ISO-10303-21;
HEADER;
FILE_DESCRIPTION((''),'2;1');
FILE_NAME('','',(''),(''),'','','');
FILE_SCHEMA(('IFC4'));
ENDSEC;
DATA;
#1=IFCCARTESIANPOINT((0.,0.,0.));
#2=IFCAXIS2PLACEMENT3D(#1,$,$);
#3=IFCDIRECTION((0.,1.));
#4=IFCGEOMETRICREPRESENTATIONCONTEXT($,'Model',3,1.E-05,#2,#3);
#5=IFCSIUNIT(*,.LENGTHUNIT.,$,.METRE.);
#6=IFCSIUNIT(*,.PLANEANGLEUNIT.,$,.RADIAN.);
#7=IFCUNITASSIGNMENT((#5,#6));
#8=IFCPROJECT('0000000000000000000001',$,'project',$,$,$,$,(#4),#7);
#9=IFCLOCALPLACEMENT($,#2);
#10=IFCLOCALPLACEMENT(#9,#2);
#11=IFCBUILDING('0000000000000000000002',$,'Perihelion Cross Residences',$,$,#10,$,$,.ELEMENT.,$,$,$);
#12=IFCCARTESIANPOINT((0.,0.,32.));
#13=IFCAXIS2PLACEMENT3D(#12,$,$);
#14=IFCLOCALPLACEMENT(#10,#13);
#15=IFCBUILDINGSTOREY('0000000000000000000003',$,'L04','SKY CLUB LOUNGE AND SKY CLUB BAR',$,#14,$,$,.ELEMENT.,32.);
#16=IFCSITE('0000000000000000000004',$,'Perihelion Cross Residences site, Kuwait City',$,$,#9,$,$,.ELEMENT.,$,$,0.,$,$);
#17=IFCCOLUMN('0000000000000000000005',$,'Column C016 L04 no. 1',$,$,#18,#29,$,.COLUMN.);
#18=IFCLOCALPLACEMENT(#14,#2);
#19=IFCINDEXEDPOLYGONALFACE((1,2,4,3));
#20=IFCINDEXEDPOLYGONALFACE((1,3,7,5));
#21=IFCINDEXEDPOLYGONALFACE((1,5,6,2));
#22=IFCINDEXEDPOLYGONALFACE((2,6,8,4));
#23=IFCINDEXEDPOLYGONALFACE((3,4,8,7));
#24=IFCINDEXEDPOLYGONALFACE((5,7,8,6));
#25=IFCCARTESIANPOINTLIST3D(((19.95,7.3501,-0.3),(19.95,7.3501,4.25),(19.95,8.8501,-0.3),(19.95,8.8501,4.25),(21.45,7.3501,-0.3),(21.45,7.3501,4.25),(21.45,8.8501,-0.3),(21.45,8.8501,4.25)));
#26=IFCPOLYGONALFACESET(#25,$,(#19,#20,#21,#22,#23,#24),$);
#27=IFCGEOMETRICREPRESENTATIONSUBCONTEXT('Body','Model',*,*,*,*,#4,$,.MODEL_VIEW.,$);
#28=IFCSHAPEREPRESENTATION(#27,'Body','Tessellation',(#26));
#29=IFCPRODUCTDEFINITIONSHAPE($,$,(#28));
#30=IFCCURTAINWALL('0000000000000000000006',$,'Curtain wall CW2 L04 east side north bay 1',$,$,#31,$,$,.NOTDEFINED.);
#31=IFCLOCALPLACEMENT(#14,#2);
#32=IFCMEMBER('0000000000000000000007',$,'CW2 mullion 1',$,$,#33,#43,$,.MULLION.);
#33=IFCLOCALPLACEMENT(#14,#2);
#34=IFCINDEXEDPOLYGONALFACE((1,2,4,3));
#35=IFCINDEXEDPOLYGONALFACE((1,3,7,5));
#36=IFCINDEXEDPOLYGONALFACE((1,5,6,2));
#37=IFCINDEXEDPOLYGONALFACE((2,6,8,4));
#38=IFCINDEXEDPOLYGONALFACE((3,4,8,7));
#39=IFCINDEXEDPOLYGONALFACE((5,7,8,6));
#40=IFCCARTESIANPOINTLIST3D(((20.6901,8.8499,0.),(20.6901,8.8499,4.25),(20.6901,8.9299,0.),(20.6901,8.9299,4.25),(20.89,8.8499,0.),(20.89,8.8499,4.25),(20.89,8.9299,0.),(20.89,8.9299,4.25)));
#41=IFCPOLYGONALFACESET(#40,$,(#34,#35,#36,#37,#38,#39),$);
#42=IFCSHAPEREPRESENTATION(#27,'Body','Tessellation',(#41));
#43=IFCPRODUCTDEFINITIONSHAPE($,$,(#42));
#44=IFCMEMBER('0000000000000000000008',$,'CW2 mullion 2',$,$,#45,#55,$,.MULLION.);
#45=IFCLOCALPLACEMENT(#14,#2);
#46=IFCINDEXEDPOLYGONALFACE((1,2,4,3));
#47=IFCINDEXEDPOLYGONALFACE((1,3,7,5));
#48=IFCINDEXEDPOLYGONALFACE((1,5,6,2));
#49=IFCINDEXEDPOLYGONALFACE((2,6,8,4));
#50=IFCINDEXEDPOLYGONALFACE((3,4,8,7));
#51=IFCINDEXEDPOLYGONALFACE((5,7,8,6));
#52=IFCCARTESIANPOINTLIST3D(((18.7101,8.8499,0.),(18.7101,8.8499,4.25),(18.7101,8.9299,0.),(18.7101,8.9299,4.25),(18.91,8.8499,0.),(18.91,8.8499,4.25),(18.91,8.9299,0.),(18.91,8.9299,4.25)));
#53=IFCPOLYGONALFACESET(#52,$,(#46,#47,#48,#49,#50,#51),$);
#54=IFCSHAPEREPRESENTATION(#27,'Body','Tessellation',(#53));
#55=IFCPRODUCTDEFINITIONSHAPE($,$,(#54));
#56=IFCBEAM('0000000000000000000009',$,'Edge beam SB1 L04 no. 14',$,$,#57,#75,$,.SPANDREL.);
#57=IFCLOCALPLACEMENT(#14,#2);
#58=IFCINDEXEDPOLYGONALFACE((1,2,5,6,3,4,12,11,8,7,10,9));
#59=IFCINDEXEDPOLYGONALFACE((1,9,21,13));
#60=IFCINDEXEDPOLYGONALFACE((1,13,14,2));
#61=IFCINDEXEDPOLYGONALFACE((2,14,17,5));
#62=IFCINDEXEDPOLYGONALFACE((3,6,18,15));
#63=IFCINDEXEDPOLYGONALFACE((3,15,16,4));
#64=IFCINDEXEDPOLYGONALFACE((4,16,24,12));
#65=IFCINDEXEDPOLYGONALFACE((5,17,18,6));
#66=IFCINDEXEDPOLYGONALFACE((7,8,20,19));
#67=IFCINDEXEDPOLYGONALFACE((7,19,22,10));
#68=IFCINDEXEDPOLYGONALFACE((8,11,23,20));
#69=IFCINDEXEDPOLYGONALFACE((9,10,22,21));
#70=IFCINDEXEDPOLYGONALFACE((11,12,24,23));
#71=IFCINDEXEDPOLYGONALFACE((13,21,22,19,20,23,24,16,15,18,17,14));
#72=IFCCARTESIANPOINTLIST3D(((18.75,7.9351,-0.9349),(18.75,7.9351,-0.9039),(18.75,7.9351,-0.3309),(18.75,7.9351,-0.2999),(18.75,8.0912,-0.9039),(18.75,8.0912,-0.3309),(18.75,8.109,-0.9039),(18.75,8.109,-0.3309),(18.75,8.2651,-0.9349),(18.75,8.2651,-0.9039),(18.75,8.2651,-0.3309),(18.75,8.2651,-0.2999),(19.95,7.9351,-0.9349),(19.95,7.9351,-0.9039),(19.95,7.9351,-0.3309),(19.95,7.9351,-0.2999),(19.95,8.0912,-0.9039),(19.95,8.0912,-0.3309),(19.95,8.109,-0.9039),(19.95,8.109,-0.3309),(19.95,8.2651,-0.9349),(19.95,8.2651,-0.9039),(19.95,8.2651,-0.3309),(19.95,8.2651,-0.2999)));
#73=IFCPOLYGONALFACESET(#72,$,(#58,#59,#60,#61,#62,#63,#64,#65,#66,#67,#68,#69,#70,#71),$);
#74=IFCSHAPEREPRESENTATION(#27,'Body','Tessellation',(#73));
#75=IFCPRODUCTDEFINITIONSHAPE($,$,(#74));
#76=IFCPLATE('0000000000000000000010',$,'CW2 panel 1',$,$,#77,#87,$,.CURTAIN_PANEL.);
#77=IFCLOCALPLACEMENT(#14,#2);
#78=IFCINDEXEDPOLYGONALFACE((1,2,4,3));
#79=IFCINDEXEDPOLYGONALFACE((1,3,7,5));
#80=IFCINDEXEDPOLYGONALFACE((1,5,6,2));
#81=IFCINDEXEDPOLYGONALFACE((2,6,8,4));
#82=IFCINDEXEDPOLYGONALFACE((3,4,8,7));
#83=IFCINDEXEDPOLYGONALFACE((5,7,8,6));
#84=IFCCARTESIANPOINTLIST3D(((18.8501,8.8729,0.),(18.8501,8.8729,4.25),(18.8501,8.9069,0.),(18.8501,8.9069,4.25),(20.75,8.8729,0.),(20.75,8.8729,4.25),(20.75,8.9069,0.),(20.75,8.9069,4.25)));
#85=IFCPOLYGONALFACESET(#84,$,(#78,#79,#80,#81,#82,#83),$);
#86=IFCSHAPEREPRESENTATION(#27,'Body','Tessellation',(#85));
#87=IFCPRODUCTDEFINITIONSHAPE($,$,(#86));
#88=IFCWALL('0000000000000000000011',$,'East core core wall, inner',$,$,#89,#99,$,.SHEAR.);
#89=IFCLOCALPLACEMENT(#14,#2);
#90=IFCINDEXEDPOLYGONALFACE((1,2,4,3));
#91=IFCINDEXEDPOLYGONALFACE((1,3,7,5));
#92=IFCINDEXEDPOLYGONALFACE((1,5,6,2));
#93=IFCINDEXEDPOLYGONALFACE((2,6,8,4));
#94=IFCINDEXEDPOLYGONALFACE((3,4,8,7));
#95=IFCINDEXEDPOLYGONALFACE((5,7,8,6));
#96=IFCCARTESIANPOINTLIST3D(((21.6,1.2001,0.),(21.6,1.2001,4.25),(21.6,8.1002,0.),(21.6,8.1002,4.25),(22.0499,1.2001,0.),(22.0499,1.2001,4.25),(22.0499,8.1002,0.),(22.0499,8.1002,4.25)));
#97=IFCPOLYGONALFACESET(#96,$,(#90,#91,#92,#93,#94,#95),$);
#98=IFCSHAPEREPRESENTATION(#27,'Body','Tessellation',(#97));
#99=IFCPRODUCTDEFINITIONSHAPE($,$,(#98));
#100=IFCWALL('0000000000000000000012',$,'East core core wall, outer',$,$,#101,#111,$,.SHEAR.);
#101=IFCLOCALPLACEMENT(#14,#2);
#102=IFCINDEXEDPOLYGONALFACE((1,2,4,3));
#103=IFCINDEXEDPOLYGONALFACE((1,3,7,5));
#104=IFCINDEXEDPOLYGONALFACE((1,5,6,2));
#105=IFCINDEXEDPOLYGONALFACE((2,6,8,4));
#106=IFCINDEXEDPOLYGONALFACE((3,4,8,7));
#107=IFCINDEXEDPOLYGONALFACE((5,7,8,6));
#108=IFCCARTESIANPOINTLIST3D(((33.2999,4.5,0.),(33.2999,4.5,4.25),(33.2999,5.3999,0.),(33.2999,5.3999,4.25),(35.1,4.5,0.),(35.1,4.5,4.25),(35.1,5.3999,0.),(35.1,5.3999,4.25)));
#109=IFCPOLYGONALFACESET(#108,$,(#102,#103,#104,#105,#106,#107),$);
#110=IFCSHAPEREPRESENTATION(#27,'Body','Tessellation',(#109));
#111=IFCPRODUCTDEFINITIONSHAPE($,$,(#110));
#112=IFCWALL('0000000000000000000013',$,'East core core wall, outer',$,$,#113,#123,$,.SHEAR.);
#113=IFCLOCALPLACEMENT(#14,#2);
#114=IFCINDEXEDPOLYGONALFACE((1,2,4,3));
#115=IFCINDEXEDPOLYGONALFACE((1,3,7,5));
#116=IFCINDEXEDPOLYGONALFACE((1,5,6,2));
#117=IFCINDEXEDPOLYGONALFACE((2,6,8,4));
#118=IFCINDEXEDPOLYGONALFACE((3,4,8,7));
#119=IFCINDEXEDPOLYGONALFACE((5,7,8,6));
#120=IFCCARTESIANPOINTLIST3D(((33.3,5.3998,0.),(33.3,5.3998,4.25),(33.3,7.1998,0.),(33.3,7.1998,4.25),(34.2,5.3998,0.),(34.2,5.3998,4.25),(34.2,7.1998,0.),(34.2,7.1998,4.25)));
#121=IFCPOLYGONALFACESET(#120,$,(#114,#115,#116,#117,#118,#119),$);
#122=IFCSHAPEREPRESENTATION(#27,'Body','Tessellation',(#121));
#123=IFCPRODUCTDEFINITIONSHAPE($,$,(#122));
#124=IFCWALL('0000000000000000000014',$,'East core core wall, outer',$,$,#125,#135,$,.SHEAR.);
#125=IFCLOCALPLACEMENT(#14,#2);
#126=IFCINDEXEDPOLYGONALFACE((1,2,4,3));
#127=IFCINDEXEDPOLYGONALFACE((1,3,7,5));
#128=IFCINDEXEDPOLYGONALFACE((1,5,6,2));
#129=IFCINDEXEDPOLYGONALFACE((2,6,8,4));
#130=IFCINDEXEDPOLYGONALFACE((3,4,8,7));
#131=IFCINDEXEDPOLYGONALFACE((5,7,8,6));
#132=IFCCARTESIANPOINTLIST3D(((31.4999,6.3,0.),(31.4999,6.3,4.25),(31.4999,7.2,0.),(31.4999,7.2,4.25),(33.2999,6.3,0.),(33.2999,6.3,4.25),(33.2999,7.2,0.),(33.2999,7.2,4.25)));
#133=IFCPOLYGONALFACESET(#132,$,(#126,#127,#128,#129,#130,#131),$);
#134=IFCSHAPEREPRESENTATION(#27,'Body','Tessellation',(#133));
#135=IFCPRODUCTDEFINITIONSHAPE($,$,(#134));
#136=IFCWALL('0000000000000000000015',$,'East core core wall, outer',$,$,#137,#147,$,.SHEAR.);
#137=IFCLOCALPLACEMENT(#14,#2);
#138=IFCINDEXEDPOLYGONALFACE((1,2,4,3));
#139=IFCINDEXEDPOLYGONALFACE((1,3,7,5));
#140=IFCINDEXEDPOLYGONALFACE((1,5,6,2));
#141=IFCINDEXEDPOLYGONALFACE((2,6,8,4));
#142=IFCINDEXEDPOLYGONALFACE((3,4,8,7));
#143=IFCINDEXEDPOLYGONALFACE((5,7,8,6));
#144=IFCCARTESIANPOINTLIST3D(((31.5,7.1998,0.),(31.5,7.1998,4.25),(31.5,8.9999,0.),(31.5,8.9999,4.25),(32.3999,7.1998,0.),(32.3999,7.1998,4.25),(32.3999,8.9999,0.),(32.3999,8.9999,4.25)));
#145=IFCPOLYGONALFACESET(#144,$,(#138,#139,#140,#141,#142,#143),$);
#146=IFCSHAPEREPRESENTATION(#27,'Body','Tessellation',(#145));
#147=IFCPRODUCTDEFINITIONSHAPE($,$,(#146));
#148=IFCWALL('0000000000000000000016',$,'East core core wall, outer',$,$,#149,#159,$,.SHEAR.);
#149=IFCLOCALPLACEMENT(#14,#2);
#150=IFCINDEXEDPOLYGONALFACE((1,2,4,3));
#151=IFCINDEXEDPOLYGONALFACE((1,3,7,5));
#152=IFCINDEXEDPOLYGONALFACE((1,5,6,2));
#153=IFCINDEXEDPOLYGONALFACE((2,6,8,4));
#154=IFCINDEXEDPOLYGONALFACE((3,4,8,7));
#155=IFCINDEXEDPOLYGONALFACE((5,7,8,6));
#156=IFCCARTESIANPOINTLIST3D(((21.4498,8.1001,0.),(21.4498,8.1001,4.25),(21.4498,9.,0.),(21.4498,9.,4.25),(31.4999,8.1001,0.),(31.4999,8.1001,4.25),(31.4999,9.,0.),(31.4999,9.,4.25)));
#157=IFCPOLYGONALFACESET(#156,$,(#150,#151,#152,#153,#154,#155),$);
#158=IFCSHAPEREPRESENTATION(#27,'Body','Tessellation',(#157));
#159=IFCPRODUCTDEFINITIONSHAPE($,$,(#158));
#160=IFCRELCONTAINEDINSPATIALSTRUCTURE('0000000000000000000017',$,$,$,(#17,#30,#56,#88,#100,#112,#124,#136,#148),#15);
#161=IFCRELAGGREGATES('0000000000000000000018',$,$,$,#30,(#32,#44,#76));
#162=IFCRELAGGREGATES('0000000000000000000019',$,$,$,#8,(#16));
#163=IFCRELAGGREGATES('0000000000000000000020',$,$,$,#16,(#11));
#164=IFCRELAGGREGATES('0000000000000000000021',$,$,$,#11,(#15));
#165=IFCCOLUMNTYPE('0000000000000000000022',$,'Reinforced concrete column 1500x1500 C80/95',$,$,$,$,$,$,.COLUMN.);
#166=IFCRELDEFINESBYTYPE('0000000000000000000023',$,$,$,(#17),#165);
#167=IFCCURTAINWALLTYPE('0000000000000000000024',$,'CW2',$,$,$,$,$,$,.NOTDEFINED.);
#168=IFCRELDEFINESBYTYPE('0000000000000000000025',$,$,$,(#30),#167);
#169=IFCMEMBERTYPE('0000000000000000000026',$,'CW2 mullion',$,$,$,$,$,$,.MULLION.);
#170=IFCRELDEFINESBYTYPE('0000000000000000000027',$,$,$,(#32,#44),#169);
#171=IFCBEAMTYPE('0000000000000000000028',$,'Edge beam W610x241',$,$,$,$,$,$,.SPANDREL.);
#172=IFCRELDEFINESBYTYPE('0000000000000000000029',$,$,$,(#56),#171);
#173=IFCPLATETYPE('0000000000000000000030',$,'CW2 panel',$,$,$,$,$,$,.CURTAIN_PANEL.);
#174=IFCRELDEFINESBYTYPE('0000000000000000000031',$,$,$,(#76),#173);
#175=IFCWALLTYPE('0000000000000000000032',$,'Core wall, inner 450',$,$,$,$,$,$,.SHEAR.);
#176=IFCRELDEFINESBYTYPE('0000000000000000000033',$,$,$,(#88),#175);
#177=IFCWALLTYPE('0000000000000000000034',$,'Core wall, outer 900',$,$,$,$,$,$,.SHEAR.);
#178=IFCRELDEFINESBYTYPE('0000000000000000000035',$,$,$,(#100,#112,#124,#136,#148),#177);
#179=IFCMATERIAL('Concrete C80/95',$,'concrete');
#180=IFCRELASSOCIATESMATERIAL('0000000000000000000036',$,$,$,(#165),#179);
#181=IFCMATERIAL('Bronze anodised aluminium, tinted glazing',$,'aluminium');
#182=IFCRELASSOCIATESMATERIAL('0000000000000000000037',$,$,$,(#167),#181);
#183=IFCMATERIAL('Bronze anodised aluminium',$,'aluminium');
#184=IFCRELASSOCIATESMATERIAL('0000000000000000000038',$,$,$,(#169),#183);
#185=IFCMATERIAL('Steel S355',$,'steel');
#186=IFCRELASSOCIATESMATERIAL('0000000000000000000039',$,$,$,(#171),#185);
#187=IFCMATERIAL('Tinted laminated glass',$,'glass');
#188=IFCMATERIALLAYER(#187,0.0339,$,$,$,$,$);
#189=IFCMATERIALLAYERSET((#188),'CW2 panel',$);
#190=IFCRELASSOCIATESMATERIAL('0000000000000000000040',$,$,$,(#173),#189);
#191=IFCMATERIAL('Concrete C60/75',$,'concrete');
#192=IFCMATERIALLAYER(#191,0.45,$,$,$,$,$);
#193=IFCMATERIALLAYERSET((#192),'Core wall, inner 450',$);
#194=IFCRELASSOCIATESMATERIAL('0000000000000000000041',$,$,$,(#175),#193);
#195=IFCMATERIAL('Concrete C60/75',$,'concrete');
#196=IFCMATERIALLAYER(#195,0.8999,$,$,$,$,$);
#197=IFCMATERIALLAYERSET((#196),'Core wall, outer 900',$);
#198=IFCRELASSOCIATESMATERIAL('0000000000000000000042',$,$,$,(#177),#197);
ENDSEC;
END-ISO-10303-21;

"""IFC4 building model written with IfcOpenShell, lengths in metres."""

from ifc_helpers import new_model, si_unit, direction, frame, frame_2d, origin, origin_2d, place, context, subcontext, project, spatial, rectangle, i_section, extrude, material, layer, layer_set, material_profile, profile_set, type_object, element, aggregate, save


model = new_model("IFC4")

# Units and contexts
model_context = context("Model", 3, precision=1e-05, world=origin(), true_north=direction((0.0, 1.0)))
body_context = subcontext(model_context, "Body", "Model", "MODEL_VIEW")
ifc_project = project(units=[si_unit("LENGTHUNIT", "METRE"), si_unit("PLANEANGLEUNIT", "RADIAN")], contexts=[model_context])

# Site, building, storey
site_placement = place(None, origin())
site = spatial("IfcSite", under=ifc_project, at=site_placement, Name="Perihelion Cross Residences site, Kuwait City", CompositionType="ELEMENT", RefElevation=0.0)
building_placement = place(site_placement, origin())
building = spatial("IfcBuilding", under=site, at=building_placement, Name="Perihelion Cross Residences", CompositionType="ELEMENT")
storey_placement = place(building_placement, frame((0.0, 0.0, 32.0)))
storey = spatial("IfcBuildingStorey", under=building, at=storey_placement, Name="L04", Description="SKY CLUB LOUNGE AND SKY CLUB BAR", CompositionType="ELEMENT", Elevation=32.0)

# Column
ifc_material_1 = material(Name="Concrete C80/95", Category="concrete")
ifc_material_profile_1 = material_profile(ifc_material_1, rectangle(XDim=1.5, YDim=1.5, at=origin_2d()), Name="RC 1500x1500")
ifc_profile_set_1 = profile_set([ifc_material_profile_1], Name="Concrete C80/95")
column_type = type_object("IfcColumnType", Name="Reinforced concrete column 1500x1500 C80/95", PredefinedType="COLUMN", material=ifc_profile_set_1)
column_placement = place(storey_placement, frame((20.7, 8.1001, -0.3), z_axis=(0.0, 0.0, 1.0), x_axis=(1.0, 0.0, 0.0)))
element("IfcColumn", 1, at=column_placement, inside=storey, type_object=column_type, Name="Column C016 L04 no. 1", PredefinedType="COLUMN", context=body_context, shape_type="SweptSolid", body=[
    extrude(rectangle(XDim=1.5, YDim=1.5, at=origin_2d()), origin(), (0.0, 0.0, 1.0), 4.55),
])

# Curtain wall, members
ifc_material_2 = material(Name="Bronze anodised aluminium, tinted glazing", Category="aluminium")
curtain_wall_type = type_object("IfcCurtainWallType", Name="CW2", PredefinedType="NOTDEFINED", material=ifc_material_2)
curtain_wall_placement = place(storey_placement, origin())
curtain_wall = element("IfcCurtainWall", 2, at=curtain_wall_placement, inside=storey, type_object=curtain_wall_type, Name="Curtain wall CW2 L04 east side north bay 1", PredefinedType="NOTDEFINED")
ifc_material_3 = material(Name="Bronze anodised aluminium", Category="aluminium")
ifc_material_profile_2 = material_profile(ifc_material_3, rectangle(XDim=0.0801, YDim=0.2, at=origin_2d()), Name="CW2 mullion")
ifc_profile_set_2 = profile_set([ifc_material_profile_2], Name="Bronze anodised aluminium")
member_type = type_object("IfcMemberType", Name="CW2 mullion", PredefinedType="MULLION", material=ifc_profile_set_2)
member_1_placement = place(storey_placement, frame((20.79, 8.8899, 0.0), z_axis=(0.0, 0.0, 1.0), x_axis=(0.0, -1.0, 0.0)))
member_1 = element("IfcMember", 3, at=member_1_placement, type_object=member_type, Name="CW2 mullion 1", PredefinedType="MULLION", context=body_context, shape_type="SweptSolid", body=[
    extrude(rectangle(XDim=0.0801, YDim=0.2, at=origin_2d()), origin(), (0.0, 0.0, 1.0), 4.25),
])
member_2_placement = place(storey_placement, frame((18.8101, 8.8899, 0.0), z_axis=(0.0, 0.0, 1.0), x_axis=(0.0, -1.0, 0.0)))
member_2 = element("IfcMember", 4, at=member_2_placement, type_object=member_type, Name="CW2 mullion 2", PredefinedType="MULLION", context=body_context, shape_type="SweptSolid", body=[
    extrude(rectangle(XDim=0.0801, YDim=0.2, at=origin_2d()), origin(), (0.0, 0.0, 1.0), 4.25),
])

# Beam
ifc_material_4 = material(Name="Steel S355", Category="steel")
ifc_material_profile_3 = material_profile(ifc_material_4, i_section(OverallWidth=0.3301, OverallDepth=0.635, WebThickness=0.0178, FlangeThickness=0.031, at=origin_2d()), Name="W610x241")
ifc_profile_set_3 = profile_set([ifc_material_profile_3], Name="Steel S355")
beam_type = type_object("IfcBeamType", Name="Edge beam W610x241", PredefinedType="SPANDREL", material=ifc_profile_set_3)
beam_placement = place(storey_placement, frame((19.95, 8.1001, -0.6174), z_axis=(-1.0, 0.0, 0.0), x_axis=(0.0, -1.0, 0.0)))
element("IfcBeam", 5, at=beam_placement, inside=storey, type_object=beam_type, Name="Edge beam SB1 L04 no. 14", PredefinedType="SPANDREL", context=body_context, shape_type="SweptSolid", body=[
    extrude(i_section(OverallWidth=0.3301, OverallDepth=0.635, WebThickness=0.0178, FlangeThickness=0.031, at=origin_2d()), origin(), (0.0, 0.0, 1.0), 1.2),
])

# Plate
ifc_material_5 = material(Name="Tinted laminated glass", Category="glass")
ifc_layer_1 = layer(ifc_material_5, 0.0339)
ifc_layer_set_1 = layer_set([ifc_layer_1], Name="CW2 panel")
plate_type = type_object("IfcPlateType", Name="CW2 panel", PredefinedType="CURTAIN_PANEL", material=ifc_layer_set_1)
plate_placement = place(storey_placement, frame((19.8, 8.8899, 0.0), z_axis=(0.0, 0.0, 1.0), x_axis=(-1.0, 0.0, 0.0)))
plate = element("IfcPlate", 6, at=plate_placement, type_object=plate_type, Name="CW2 panel 1", PredefinedType="CURTAIN_PANEL", context=body_context, shape_type="SweptSolid", body=[
    extrude(rectangle(XDim=1.8999, YDim=0.0339, at=origin_2d()), origin(), (0.0, 0.0, 1.0), 4.25),
])
aggregate(curtain_wall, [member_1, member_2, plate])

# Walls
ifc_material_6 = material(Name="Concrete C60/75", Category="concrete")
ifc_layer_2 = layer(ifc_material_6, 0.45)
ifc_layer_set_2 = layer_set([ifc_layer_2], Name="Core wall, inner 450")
wall_type_1 = type_object("IfcWallType", Name="Core wall, inner 450", PredefinedType="SHEAR", material=ifc_layer_set_2)
wall_1_placement = place(storey_placement, frame((21.825, 1.2, 0.0), z_axis=(0.0, 0.0, 1.0), x_axis=(0.0, 1.0, 0.0)))
element("IfcWall", 7, at=wall_1_placement, inside=storey, type_object=wall_type_1, Name="East core core wall, inner", PredefinedType="SHEAR", context=body_context, shape_type="SweptSolid", body=[
    extrude(rectangle(XDim=6.9001, YDim=0.45, at=frame_2d((3.4502, 0.0))), origin(), (0.0, 0.0, 1.0), 4.25),
])
ifc_material_7 = material(Name="Concrete C60/75", Category="concrete")
ifc_layer_3 = layer(ifc_material_7, 0.8999)
ifc_layer_set_3 = layer_set([ifc_layer_3], Name="Core wall, outer 900")
wall_type_2 = type_object("IfcWallType", Name="Core wall, outer 900", PredefinedType="SHEAR", material=ifc_layer_set_3)
for number, where, z_axis, x_axis, name in (
    (8, (33.3, 4.95, 0.0), (0.0, 0.0, 1.0), (1.0, 0.0, 0.0), "East core core wall, outer"),
    (9, (33.75, 5.3999, 0.0), (0.0, 0.0, 1.0), (0.0, 1.0, 0.0), "East core core wall, outer"),
    (10, (31.5, 6.75, 0.0), (0.0, 0.0, 1.0), (1.0, 0.0, 0.0), "East core core wall, outer"),
    (11, (31.95, 7.2, 0.0), (0.0, 0.0, 1.0), (0.0, 1.0, 0.0), "East core core wall, outer"),
):
    element("IfcWall", number, at=place(storey_placement, frame(where, z_axis=z_axis, x_axis=x_axis)), inside=storey, type_object=wall_type_2, Name=name, PredefinedType="SHEAR", context=body_context, shape_type="SweptSolid", body=[
        extrude(rectangle(XDim=1.8, YDim=0.8999, at=frame_2d((0.8999, 0.0))), origin(), (0.0, 0.0, 1.0), 4.25),
    ])
wall_2_placement = place(storey_placement, frame((21.45, 8.55, 0.0), z_axis=(0.0, 0.0, 1.0), x_axis=(1.0, 0.0, 0.0)))
element("IfcWall", 12, at=wall_2_placement, inside=storey, type_object=wall_type_2, Name="East core core wall, outer", PredefinedType="SHEAR", context=body_context, shape_type="SweptSolid", body=[
    extrude(rectangle(XDim=10.05, YDim=0.8999, at=frame_2d((5.0249, 0.0))), origin(), (0.0, 0.0, 1.0), 4.25),
])

save(model, "model.ifc")
